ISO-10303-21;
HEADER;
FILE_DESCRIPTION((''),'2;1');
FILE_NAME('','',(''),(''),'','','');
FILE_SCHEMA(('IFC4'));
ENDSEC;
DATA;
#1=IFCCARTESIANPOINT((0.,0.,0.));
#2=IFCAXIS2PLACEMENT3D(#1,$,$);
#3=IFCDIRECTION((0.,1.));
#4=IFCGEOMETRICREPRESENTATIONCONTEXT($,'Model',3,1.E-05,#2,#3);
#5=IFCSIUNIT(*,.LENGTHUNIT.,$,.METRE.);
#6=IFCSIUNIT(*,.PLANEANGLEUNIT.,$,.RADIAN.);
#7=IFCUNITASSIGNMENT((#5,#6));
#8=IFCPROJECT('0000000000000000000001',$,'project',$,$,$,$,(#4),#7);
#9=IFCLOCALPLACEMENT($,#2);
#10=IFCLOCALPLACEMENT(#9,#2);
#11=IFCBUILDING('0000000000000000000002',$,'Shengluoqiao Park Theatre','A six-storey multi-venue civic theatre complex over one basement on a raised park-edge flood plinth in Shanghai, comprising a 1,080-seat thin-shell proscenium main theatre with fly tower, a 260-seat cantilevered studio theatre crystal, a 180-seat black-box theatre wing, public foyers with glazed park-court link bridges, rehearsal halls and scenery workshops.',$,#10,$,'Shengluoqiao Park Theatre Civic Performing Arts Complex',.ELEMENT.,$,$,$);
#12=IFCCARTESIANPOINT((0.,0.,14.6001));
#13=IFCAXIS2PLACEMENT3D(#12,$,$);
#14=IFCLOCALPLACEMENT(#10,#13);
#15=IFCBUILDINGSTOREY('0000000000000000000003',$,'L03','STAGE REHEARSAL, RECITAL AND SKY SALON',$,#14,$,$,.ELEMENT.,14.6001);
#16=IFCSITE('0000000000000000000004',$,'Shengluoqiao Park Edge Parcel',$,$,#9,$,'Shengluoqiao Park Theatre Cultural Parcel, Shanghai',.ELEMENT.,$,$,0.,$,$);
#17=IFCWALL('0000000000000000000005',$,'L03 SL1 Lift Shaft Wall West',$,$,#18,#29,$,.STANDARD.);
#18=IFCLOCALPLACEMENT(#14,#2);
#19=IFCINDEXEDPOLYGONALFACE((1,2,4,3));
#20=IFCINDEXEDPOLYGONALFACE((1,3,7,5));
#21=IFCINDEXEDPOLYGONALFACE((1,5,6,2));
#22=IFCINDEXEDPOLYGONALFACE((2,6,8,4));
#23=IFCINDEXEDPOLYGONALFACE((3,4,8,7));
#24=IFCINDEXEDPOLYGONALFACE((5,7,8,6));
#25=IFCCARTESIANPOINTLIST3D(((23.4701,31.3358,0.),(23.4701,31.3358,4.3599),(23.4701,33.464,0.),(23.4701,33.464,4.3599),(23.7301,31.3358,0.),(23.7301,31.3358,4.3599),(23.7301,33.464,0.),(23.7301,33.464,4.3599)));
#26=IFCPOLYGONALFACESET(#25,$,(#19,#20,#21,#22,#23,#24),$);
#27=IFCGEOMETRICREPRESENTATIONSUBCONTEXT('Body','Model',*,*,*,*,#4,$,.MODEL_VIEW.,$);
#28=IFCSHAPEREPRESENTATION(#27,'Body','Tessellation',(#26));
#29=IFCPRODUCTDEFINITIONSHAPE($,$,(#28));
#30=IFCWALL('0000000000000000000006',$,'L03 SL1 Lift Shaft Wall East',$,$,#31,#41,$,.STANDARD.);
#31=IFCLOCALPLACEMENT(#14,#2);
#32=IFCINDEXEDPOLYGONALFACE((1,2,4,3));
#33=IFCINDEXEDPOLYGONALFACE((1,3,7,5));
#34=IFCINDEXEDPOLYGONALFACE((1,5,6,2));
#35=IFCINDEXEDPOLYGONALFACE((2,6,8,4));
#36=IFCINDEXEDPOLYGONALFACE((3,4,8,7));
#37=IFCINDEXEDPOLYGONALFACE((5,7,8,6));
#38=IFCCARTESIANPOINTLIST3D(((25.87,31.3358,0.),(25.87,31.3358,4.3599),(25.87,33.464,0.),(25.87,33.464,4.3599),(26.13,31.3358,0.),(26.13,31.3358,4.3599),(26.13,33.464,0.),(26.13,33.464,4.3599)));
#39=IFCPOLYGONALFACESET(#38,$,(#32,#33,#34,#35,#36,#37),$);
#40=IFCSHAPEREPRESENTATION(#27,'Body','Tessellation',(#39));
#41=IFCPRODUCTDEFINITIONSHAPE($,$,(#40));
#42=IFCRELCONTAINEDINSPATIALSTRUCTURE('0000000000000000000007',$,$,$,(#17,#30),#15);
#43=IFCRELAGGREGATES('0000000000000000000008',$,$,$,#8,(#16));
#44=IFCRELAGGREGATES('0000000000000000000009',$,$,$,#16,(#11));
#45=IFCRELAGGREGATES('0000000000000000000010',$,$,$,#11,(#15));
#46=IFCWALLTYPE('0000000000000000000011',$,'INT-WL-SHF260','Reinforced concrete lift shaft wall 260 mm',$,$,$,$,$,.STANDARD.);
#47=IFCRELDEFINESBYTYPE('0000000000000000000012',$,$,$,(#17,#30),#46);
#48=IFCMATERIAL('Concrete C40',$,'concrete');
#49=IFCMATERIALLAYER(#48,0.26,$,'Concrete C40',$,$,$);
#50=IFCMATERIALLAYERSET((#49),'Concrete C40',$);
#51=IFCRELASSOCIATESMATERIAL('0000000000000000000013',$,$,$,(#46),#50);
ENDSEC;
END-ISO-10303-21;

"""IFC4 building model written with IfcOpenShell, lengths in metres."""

from ifc_helpers import new_model, si_unit, direction, frame, frame_2d, origin, place, context, subcontext, project, spatial, rectangle, extrude, material, layer, layer_set, type_object, element, save


model = new_model("IFC4")

# Units and contexts
model_context = context("Model", 3, precision=1e-05, world=origin(), true_north=direction((0.0, 1.0)))
body_context = subcontext(model_context, "Body", "Model", "MODEL_VIEW")
ifc_project = project(units=[si_unit("LENGTHUNIT", "METRE"), si_unit("PLANEANGLEUNIT", "RADIAN")], contexts=[model_context])

# Site, building, storey
site_placement = place(None, origin())
site = spatial("IfcSite", under=ifc_project, at=site_placement, Name="Shengluoqiao Park Edge Parcel", LongName="Shengluoqiao Park Theatre Cultural Parcel, Shanghai", CompositionType="ELEMENT", RefElevation=0.0)
building_placement = place(site_placement, origin())
building = spatial("IfcBuilding", under=site, at=building_placement, Name="Shengluoqiao Park Theatre", Description="A six-storey multi-venue civic theatre complex over one basement on a raised park-edge flood plinth in Shanghai, comprising a 1,080-seat thin-shell proscenium main theatre with fly tower, a 260-seat cantilevered studio theatre crystal, a 180-seat black-box theatre wing, public foyers with glazed park-court link bridges, rehearsal halls and scenery workshops.", LongName="Shengluoqiao Park Theatre Civic Performing Arts Complex", CompositionType="ELEMENT")
storey_placement = place(building_placement, frame((0.0, 0.0, 14.6001)))
storey = spatial("IfcBuildingStorey", under=building, at=storey_placement, Name="L03", Description="STAGE REHEARSAL, RECITAL AND SKY SALON", CompositionType="ELEMENT", Elevation=14.6001)

# Shared definitions
ifc_material_1 = material(Name="Concrete C40", Category="concrete")
ifc_layer_1 = layer(ifc_material_1, 0.26, Name="Concrete C40")
ifc_layer_set_1 = layer_set([ifc_layer_1], Name="Concrete C40")
wall_type_1 = type_object("IfcWallType", Name="INT-WL-SHF260", Description="Reinforced concrete lift shaft wall 260 mm", PredefinedType="STANDARD", material=ifc_layer_set_1)

# Walls
for number, where, z_axis, x_axis, name in (
    (1, (23.6001, 31.3359, 0.0), (0.0, 0.0, 1.0), (0.0, 1.0, 0.0), "L03 SL1 Lift Shaft Wall West"),
    (2, (26.0, 31.3359, 0.0), (0.0, 0.0, 1.0), (0.0, 1.0, 0.0), "L03 SL1 Lift Shaft Wall East"),
):
    element("IfcWall", number, at=place(storey_placement, frame(where, z_axis=z_axis, x_axis=x_axis)), inside=storey, type_object=wall_type_1, Name=name, PredefinedType="STANDARD", context=body_context, shape_type="SweptSolid", body=[
        extrude(rectangle(XDim=2.1282, YDim=0.26, at=frame_2d((1.064, 0.0))), origin(), (0.0, 0.0, 1.0), 4.3599),
    ])

save(model, "model.ifc")
